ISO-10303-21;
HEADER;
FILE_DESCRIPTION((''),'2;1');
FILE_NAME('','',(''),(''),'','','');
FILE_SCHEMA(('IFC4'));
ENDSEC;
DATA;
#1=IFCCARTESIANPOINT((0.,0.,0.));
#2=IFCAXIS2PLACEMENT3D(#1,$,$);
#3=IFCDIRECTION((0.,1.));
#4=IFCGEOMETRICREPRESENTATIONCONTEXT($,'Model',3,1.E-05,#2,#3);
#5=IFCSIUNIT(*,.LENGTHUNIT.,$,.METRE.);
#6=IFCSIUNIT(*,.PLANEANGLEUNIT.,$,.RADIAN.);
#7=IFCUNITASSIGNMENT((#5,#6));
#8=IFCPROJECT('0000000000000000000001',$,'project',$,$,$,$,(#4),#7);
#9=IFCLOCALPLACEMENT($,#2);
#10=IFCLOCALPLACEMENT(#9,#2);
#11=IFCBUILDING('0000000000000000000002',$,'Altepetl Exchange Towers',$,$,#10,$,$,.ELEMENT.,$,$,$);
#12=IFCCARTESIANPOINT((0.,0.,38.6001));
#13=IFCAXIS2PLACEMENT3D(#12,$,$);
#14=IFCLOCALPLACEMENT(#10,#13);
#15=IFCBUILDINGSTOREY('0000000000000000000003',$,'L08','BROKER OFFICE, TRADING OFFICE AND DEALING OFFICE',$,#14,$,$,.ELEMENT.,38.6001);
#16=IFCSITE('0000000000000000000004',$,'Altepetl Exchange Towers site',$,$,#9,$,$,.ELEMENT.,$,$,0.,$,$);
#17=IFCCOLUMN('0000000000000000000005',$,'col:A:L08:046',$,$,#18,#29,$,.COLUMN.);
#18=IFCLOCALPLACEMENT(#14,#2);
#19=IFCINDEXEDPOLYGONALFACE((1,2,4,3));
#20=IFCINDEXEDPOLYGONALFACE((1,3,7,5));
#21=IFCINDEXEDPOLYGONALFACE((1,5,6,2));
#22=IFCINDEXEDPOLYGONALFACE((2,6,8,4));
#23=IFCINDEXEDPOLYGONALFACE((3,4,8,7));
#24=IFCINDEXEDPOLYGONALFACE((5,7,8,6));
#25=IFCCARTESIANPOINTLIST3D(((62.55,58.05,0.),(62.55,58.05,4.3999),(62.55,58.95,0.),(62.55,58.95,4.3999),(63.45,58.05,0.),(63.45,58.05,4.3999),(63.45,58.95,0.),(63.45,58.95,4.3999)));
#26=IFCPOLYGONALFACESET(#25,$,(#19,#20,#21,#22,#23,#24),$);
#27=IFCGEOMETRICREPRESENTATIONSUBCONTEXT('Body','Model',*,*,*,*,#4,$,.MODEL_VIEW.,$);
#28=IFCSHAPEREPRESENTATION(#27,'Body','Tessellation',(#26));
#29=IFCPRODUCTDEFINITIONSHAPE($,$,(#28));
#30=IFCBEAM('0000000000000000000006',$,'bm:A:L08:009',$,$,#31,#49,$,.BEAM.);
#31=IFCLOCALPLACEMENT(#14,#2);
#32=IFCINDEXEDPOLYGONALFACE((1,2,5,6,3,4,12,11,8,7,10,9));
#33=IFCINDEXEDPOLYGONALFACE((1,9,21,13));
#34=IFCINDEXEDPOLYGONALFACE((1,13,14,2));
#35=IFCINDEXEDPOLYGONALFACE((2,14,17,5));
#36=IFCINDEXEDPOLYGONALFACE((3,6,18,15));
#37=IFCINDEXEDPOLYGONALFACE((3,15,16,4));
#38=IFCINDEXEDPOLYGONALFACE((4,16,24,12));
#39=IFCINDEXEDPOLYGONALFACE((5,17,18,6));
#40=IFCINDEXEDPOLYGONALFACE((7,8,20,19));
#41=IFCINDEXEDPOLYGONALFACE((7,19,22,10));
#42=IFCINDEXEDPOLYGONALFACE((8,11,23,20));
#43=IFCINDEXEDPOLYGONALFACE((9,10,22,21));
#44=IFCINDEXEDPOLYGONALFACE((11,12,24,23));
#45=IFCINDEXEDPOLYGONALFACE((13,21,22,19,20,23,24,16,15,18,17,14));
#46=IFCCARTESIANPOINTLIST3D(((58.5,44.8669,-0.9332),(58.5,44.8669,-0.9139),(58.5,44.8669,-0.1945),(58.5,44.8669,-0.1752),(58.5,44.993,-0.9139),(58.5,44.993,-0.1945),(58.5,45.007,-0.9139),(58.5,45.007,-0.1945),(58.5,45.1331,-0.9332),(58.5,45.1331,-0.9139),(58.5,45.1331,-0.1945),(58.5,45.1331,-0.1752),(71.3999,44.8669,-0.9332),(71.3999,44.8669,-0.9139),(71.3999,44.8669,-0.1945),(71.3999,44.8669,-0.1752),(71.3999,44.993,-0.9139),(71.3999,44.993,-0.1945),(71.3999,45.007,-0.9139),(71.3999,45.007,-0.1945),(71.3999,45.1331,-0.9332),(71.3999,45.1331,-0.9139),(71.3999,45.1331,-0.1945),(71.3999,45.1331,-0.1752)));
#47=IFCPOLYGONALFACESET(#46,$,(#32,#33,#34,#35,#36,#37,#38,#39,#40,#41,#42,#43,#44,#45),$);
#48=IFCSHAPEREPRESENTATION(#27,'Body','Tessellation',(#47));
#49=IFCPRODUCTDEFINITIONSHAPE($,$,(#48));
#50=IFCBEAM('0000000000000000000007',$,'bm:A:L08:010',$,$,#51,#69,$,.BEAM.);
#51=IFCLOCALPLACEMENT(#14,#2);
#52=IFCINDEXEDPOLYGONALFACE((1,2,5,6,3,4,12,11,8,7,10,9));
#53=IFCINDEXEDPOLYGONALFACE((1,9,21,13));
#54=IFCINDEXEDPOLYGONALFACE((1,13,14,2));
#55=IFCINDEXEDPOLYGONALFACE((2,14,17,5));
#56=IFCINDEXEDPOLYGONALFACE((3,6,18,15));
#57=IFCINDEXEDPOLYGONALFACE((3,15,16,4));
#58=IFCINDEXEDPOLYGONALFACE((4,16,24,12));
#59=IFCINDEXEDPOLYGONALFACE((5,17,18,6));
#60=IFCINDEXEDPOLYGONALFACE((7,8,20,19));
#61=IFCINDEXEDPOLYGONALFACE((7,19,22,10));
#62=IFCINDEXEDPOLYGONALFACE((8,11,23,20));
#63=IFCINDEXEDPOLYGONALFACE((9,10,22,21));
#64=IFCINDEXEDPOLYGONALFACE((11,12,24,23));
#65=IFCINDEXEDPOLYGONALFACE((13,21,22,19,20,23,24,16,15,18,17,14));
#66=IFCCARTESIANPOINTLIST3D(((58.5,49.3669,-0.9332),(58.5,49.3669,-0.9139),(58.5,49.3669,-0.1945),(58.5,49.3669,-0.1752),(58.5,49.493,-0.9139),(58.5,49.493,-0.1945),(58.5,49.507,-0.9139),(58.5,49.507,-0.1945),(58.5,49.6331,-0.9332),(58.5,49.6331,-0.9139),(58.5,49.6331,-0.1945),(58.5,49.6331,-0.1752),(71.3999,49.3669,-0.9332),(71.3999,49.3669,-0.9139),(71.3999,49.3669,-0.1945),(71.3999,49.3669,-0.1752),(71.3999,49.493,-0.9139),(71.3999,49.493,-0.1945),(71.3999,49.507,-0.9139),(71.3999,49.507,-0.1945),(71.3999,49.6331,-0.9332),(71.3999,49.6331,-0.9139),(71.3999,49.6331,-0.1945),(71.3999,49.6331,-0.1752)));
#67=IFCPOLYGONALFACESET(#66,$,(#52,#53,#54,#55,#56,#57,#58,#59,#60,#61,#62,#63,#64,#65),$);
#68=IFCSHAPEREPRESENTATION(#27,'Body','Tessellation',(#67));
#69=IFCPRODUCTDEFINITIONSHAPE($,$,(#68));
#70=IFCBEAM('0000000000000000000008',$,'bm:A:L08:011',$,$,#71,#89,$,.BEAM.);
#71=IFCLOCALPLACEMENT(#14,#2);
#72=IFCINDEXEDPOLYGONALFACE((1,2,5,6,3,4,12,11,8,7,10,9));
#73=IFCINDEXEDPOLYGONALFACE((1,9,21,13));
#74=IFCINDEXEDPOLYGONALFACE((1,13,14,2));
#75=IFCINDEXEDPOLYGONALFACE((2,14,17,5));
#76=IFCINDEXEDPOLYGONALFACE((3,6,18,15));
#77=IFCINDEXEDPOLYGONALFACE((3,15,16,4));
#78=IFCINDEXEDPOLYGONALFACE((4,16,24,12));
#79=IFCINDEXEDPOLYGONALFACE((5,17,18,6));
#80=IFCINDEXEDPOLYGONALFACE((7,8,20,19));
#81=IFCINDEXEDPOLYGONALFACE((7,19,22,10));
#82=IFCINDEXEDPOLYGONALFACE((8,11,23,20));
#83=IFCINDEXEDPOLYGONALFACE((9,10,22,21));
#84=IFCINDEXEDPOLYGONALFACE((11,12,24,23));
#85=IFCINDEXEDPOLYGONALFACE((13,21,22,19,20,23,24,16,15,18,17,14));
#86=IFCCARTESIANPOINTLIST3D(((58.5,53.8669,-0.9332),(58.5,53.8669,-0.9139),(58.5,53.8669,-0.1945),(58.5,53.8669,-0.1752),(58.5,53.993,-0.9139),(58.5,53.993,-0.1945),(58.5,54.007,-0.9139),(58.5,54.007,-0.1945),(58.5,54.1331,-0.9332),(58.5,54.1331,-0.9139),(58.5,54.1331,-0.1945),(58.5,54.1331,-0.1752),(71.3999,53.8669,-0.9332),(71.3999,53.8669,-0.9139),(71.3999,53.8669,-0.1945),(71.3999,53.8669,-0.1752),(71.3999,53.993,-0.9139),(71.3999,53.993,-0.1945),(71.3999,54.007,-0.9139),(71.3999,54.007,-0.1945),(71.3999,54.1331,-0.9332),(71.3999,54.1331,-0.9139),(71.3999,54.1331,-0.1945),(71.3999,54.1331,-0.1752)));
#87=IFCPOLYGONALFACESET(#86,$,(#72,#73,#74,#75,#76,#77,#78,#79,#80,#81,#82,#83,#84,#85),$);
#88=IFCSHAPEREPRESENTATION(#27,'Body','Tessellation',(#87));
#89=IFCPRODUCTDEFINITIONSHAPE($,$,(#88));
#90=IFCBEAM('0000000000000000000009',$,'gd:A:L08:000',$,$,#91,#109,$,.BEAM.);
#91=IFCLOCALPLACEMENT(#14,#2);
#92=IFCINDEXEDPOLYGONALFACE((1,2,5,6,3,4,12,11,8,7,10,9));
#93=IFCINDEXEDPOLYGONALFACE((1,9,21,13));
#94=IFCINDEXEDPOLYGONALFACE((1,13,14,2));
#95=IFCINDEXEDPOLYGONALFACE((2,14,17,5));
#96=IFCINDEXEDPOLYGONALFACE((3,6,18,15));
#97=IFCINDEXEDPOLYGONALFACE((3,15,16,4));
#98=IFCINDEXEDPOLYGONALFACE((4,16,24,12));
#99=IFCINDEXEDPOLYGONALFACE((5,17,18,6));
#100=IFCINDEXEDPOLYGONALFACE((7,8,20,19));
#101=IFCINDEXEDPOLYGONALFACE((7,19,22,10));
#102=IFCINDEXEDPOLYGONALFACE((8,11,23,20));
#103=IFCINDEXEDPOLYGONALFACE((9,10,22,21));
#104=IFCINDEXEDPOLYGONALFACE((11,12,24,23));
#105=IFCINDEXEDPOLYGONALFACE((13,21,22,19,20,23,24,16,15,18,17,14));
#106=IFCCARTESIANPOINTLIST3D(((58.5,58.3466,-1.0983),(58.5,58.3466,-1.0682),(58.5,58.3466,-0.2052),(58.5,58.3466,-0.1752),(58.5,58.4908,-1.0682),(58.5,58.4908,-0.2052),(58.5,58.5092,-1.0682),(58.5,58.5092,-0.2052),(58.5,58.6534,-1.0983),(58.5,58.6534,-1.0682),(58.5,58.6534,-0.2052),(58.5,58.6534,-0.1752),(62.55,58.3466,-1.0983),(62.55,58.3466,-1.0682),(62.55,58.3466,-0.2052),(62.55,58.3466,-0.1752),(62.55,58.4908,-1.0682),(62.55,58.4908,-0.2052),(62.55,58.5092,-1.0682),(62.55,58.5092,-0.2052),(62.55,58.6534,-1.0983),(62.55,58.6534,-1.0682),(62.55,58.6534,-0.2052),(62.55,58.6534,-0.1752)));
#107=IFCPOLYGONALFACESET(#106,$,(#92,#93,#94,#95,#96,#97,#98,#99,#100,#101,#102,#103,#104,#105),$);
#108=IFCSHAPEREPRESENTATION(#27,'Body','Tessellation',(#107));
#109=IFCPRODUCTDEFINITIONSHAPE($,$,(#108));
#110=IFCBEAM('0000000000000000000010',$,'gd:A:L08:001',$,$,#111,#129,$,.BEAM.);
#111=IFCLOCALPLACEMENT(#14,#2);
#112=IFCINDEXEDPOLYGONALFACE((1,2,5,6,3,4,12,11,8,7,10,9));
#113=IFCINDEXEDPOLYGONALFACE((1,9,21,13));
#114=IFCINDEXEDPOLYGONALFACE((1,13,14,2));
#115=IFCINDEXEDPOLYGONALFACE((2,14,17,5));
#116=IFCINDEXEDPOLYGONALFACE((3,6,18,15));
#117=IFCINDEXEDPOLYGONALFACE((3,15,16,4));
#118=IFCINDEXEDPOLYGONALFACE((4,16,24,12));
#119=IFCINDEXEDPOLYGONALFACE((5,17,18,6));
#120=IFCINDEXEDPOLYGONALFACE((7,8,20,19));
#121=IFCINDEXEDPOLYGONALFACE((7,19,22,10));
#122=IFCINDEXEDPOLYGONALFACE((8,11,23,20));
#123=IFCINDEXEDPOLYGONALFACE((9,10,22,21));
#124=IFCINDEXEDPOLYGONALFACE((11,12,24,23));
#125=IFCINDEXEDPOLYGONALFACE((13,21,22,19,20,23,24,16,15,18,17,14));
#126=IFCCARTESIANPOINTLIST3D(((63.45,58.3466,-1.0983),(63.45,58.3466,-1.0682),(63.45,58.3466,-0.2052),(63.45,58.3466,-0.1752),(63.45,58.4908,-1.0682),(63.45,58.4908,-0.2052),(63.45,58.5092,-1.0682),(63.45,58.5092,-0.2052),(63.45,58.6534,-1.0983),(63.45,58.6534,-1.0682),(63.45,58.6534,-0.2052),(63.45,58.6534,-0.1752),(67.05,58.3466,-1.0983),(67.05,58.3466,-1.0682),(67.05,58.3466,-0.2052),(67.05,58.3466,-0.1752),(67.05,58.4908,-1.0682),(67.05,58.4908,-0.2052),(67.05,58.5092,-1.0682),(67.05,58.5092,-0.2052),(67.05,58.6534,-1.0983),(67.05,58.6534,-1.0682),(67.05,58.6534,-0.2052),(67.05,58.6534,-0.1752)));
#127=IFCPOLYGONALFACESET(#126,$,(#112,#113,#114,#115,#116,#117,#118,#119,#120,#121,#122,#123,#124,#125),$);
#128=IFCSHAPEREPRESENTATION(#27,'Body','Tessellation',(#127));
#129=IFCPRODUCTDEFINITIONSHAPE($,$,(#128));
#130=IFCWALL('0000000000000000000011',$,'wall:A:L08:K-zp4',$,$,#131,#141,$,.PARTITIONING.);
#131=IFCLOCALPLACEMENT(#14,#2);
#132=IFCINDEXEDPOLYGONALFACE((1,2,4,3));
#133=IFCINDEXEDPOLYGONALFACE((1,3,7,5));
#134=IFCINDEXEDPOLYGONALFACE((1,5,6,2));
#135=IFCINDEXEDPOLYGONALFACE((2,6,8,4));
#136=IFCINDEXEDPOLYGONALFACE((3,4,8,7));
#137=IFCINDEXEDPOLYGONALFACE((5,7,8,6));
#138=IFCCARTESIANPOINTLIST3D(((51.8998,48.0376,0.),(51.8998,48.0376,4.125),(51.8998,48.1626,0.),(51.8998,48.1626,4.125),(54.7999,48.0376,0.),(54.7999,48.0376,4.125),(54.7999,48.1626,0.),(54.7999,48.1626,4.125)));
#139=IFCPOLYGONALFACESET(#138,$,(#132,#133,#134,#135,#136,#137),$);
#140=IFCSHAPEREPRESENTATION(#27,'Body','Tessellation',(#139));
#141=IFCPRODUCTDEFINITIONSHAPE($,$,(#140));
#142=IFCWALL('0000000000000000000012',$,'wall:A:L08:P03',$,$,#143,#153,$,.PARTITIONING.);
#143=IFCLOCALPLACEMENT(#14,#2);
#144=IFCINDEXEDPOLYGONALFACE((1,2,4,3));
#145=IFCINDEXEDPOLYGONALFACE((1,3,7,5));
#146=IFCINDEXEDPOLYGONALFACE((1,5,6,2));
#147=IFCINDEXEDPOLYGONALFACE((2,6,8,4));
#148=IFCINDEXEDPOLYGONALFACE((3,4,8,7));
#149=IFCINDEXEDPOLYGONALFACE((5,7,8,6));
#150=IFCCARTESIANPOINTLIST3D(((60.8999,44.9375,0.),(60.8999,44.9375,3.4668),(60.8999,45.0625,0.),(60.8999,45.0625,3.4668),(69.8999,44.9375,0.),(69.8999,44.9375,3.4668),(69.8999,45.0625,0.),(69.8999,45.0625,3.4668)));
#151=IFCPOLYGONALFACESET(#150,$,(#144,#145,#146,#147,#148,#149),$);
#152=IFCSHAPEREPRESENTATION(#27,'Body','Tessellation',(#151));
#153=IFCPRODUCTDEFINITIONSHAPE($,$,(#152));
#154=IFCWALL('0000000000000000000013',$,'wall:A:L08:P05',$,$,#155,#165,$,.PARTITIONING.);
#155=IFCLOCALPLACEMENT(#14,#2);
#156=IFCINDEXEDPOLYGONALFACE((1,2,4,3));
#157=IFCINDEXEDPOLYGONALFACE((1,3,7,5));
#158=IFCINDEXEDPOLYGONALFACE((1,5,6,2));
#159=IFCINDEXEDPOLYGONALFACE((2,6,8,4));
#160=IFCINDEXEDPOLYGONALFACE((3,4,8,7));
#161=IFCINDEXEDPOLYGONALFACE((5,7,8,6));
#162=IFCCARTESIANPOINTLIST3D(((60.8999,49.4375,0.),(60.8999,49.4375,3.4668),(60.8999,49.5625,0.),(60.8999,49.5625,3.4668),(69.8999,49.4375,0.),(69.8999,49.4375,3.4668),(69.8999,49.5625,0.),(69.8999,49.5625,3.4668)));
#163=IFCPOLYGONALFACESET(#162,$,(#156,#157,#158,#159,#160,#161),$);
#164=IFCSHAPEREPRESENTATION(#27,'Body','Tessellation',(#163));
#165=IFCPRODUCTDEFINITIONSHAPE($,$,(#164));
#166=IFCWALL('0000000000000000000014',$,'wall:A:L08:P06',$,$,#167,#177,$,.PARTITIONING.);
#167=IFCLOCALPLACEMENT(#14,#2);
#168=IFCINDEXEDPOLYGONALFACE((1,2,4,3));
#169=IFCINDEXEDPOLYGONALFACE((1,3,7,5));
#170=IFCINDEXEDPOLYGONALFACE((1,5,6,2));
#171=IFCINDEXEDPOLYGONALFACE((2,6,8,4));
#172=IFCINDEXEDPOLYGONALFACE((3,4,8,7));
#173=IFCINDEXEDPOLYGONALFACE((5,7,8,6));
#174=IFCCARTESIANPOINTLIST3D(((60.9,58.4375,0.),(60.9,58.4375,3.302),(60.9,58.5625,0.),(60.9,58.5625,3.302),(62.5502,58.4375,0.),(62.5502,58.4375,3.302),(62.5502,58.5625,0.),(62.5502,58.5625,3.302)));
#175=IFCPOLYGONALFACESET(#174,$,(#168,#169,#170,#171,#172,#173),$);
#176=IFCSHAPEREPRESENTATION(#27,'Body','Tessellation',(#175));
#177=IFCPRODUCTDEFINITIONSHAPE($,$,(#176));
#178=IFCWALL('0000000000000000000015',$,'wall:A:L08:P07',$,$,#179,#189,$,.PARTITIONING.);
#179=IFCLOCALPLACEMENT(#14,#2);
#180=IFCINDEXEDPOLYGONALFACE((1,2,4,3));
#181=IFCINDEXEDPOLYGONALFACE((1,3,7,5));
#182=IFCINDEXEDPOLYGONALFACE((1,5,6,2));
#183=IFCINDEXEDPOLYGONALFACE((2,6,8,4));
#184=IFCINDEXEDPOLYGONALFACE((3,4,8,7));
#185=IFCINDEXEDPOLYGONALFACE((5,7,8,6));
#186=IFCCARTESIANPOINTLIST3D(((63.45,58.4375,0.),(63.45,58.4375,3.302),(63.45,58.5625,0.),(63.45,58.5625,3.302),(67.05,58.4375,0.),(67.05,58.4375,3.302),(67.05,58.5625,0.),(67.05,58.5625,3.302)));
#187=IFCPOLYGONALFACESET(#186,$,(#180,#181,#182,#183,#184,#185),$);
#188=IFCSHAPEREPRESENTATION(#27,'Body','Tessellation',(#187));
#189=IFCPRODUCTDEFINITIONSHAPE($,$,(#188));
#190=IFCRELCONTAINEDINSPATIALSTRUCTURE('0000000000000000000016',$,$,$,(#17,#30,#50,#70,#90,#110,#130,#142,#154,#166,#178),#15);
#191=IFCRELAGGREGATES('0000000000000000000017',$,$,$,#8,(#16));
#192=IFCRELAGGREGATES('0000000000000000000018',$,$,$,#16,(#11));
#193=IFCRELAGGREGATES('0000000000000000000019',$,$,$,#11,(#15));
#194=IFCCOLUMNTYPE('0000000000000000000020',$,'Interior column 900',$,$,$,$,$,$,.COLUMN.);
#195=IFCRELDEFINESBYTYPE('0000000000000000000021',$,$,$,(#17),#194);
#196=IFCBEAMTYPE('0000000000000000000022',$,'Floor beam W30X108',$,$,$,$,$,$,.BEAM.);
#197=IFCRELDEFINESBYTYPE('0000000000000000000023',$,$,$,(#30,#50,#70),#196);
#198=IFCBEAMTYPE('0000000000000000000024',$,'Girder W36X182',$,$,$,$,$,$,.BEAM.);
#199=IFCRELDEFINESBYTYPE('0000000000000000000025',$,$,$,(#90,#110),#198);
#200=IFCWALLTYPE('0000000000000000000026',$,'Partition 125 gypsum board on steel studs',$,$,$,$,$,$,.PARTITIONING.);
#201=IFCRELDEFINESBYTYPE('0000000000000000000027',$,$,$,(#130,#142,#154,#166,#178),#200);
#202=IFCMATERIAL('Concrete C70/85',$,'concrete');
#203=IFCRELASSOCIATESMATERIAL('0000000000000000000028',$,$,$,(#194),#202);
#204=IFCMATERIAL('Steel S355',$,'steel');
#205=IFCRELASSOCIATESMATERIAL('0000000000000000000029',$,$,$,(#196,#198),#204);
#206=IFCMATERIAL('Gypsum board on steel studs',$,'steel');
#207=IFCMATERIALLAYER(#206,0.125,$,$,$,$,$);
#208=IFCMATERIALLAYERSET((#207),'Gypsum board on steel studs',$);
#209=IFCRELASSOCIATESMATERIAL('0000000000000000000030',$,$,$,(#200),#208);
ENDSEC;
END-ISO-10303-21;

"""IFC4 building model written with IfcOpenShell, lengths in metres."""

from ifc_helpers import new_model, si_unit, direction, frame, frame_2d, origin, origin_2d, place, context, subcontext, project, spatial, rectangle, i_section, extrude, material, layer, layer_set, material_profile, profile_set, type_object, element, save


model = new_model("IFC4")

# Units and contexts
model_context = context("Model", 3, precision=1e-05, world=origin(), true_north=direction((0.0, 1.0)))
body_context = subcontext(model_context, "Body", "Model", "MODEL_VIEW")
ifc_project = project(units=[si_unit("LENGTHUNIT", "METRE"), si_unit("PLANEANGLEUNIT", "RADIAN")], contexts=[model_context])

# Site, building, storey
site_placement = place(None, origin())
site = spatial("IfcSite", under=ifc_project, at=site_placement, Name="Altepetl Exchange Towers site", CompositionType="ELEMENT", RefElevation=0.0)
building_placement = place(site_placement, origin())
building = spatial("IfcBuilding", under=site, at=building_placement, Name="Altepetl Exchange Towers", CompositionType="ELEMENT")
storey_placement = place(building_placement, frame((0.0, 0.0, 38.6001)))
storey = spatial("IfcBuildingStorey", under=building, at=storey_placement, Name="L08", Description="BROKER OFFICE, TRADING OFFICE AND DEALING OFFICE", CompositionType="ELEMENT", Elevation=38.6001)

# Column
ifc_material_1 = material(Name="Concrete C70/85", Category="concrete")
ifc_material_profile_1 = material_profile(ifc_material_1, rectangle(XDim=0.8999, YDim=0.8999, at=origin_2d()), Name="900 x 900")
ifc_profile_set_1 = profile_set([ifc_material_profile_1], Name="Concrete C70/85")
column_type = type_object("IfcColumnType", Name="Interior column 900", PredefinedType="COLUMN", material=ifc_profile_set_1)
column_placement = place(storey_placement, frame((63.0, 58.5, 0.0)))
element("IfcColumn", 1, at=column_placement, inside=storey, type_object=column_type, Name="col:A:L08:046", PredefinedType="COLUMN", context=body_context, shape_type="SweptSolid", body=[
    extrude(rectangle(XDim=0.8999, YDim=0.8999, at=origin_2d()), origin(), (0.0, 0.0, 1.0), 4.3999),
])

# Beams
ifc_material_2 = material(Name="Steel S355", Category="steel")
ifc_material_profile_2 = material_profile(ifc_material_2, i_section(OverallWidth=0.2661, OverallDepth=0.7581, WebThickness=0.0139, FlangeThickness=0.0193, at=origin_2d()), Name="W30X108")
ifc_profile_set_2 = profile_set([ifc_material_profile_2], Name="Steel S355")
beam_type_1 = type_object("IfcBeamType", Name="Floor beam W30X108", PredefinedType="BEAM", material=ifc_profile_set_2)
for number, where, z_axis, x_axis, name in (
    (2, (58.5, 45.0, -0.5542), (1.0, 0.0, 0.0), (0.0, 1.0, 0.0), "bm:A:L08:009"),
    (3, (58.5, 49.5, -0.5542), (1.0, 0.0, 0.0), (0.0, 1.0, 0.0), "bm:A:L08:010"),
    (4, (58.5, 54.0, -0.5542), (1.0, 0.0, 0.0), (0.0, 1.0, 0.0), "bm:A:L08:011"),
):
    element("IfcBeam", number, at=place(storey_placement, frame(where, z_axis=z_axis, x_axis=x_axis)), inside=storey, type_object=beam_type_1, Name=name, PredefinedType="BEAM", context=body_context, shape_type="SweptSolid", body=[
        extrude(i_section(OverallWidth=0.2661, OverallDepth=0.7581, WebThickness=0.0139, FlangeThickness=0.0193, at=origin_2d()), origin(), (0.0, 0.0, 1.0), 12.8999),
    ])
ifc_material_profile_3 = material_profile(ifc_material_2, i_section(OverallWidth=0.3069, OverallDepth=0.9231, WebThickness=0.0183, FlangeThickness=0.03, at=origin_2d()), Name="W36X182")
ifc_profile_set_3 = profile_set([ifc_material_profile_3], Name="Steel S355")
beam_type_2 = type_object("IfcBeamType", Name="Girder W36X182", PredefinedType="BEAM", material=ifc_profile_set_3)
beam_1_placement = place(storey_placement, frame((58.5, 58.5, -0.6367), z_axis=(1.0, 0.0, 0.0), x_axis=(0.0, 1.0, 0.0)))
element("IfcBeam", 5, at=beam_1_placement, inside=storey, type_object=beam_type_2, Name="gd:A:L08:000", PredefinedType="BEAM", context=body_context, shape_type="SweptSolid", body=[
    extrude(i_section(OverallWidth=0.3069, OverallDepth=0.9231, WebThickness=0.0183, FlangeThickness=0.03, at=origin_2d()), origin(), (0.0, 0.0, 1.0), 4.05),
])
beam_2_placement = place(storey_placement, frame((63.45, 58.5, -0.6367), z_axis=(1.0, 0.0, 0.0), x_axis=(0.0, 1.0, 0.0)))
element("IfcBeam", 6, at=beam_2_placement, inside=storey, type_object=beam_type_2, Name="gd:A:L08:001", PredefinedType="BEAM", context=body_context, shape_type="SweptSolid", body=[
    extrude(i_section(OverallWidth=0.3069, OverallDepth=0.9231, WebThickness=0.0183, FlangeThickness=0.03, at=origin_2d()), origin(), (0.0, 0.0, 1.0), 3.6001),
])

# Walls
ifc_material_3 = material(Name="Gypsum board on steel studs", Category="steel")
ifc_layer_1 = layer(ifc_material_3, 0.125)
ifc_layer_set_1 = layer_set([ifc_layer_1], Name="Gypsum board on steel studs")
wall_type_1 = type_object("IfcWallType", Name="Partition 125 gypsum board on steel studs", PredefinedType="PARTITIONING", material=ifc_layer_set_1)
wall_1_placement = place(storey_placement, frame((54.8, 48.1001, 0.0), z_axis=(0.0, 0.0, 1.0), x_axis=(-1.0, 0.0, 0.0)))
element("IfcWall", 7, at=wall_1_placement, inside=storey, type_object=wall_type_1, Name="wall:A:L08:K-zp4", PredefinedType="PARTITIONING", context=body_context, shape_type="SweptSolid", body=[
    extrude(rectangle(XDim=2.9001, YDim=0.125, at=frame_2d((1.4502, 0.0))), origin(), (0.0, 0.0, 1.0), 4.125),
])
for number, where, name in (
    (8, (60.8999, 45.0, 0.0), "wall:A:L08:P03"),
    (9, (60.8999, 49.5, 0.0), "wall:A:L08:P05"),
):
    element("IfcWall", number, at=place(storey_placement, frame(where)), inside=storey, type_object=wall_type_1, Name=name, PredefinedType="PARTITIONING", context=body_context, shape_type="SweptSolid", body=[
        extrude(rectangle(XDim=9.0, YDim=0.125, at=frame_2d((4.5, 0.0))), origin(), (0.0, 0.0, 1.0), 3.4668),
    ])
wall_2_placement = place(storey_placement, frame((60.8999, 58.5, 0.0)))
element("IfcWall", 10, at=wall_2_placement, inside=storey, type_object=wall_type_1, Name="wall:A:L08:P06", PredefinedType="PARTITIONING", context=body_context, shape_type="SweptSolid", body=[
    extrude(rectangle(XDim=1.6501, YDim=0.125, at=frame_2d((0.8252, 0.0))), origin(), (0.0, 0.0, 1.0), 3.302),
])
wall_3_placement = place(storey_placement, frame((63.45, 58.5, 0.0)))
element("IfcWall", 11, at=wall_3_placement, inside=storey, type_object=wall_type_1, Name="wall:A:L08:P07", PredefinedType="PARTITIONING", context=body_context, shape_type="SweptSolid", body=[
    extrude(rectangle(XDim=3.6001, YDim=0.125, at=frame_2d((1.8, 0.0))), origin(), (0.0, 0.0, 1.0), 3.302),
])

save(model, "model.ifc")
